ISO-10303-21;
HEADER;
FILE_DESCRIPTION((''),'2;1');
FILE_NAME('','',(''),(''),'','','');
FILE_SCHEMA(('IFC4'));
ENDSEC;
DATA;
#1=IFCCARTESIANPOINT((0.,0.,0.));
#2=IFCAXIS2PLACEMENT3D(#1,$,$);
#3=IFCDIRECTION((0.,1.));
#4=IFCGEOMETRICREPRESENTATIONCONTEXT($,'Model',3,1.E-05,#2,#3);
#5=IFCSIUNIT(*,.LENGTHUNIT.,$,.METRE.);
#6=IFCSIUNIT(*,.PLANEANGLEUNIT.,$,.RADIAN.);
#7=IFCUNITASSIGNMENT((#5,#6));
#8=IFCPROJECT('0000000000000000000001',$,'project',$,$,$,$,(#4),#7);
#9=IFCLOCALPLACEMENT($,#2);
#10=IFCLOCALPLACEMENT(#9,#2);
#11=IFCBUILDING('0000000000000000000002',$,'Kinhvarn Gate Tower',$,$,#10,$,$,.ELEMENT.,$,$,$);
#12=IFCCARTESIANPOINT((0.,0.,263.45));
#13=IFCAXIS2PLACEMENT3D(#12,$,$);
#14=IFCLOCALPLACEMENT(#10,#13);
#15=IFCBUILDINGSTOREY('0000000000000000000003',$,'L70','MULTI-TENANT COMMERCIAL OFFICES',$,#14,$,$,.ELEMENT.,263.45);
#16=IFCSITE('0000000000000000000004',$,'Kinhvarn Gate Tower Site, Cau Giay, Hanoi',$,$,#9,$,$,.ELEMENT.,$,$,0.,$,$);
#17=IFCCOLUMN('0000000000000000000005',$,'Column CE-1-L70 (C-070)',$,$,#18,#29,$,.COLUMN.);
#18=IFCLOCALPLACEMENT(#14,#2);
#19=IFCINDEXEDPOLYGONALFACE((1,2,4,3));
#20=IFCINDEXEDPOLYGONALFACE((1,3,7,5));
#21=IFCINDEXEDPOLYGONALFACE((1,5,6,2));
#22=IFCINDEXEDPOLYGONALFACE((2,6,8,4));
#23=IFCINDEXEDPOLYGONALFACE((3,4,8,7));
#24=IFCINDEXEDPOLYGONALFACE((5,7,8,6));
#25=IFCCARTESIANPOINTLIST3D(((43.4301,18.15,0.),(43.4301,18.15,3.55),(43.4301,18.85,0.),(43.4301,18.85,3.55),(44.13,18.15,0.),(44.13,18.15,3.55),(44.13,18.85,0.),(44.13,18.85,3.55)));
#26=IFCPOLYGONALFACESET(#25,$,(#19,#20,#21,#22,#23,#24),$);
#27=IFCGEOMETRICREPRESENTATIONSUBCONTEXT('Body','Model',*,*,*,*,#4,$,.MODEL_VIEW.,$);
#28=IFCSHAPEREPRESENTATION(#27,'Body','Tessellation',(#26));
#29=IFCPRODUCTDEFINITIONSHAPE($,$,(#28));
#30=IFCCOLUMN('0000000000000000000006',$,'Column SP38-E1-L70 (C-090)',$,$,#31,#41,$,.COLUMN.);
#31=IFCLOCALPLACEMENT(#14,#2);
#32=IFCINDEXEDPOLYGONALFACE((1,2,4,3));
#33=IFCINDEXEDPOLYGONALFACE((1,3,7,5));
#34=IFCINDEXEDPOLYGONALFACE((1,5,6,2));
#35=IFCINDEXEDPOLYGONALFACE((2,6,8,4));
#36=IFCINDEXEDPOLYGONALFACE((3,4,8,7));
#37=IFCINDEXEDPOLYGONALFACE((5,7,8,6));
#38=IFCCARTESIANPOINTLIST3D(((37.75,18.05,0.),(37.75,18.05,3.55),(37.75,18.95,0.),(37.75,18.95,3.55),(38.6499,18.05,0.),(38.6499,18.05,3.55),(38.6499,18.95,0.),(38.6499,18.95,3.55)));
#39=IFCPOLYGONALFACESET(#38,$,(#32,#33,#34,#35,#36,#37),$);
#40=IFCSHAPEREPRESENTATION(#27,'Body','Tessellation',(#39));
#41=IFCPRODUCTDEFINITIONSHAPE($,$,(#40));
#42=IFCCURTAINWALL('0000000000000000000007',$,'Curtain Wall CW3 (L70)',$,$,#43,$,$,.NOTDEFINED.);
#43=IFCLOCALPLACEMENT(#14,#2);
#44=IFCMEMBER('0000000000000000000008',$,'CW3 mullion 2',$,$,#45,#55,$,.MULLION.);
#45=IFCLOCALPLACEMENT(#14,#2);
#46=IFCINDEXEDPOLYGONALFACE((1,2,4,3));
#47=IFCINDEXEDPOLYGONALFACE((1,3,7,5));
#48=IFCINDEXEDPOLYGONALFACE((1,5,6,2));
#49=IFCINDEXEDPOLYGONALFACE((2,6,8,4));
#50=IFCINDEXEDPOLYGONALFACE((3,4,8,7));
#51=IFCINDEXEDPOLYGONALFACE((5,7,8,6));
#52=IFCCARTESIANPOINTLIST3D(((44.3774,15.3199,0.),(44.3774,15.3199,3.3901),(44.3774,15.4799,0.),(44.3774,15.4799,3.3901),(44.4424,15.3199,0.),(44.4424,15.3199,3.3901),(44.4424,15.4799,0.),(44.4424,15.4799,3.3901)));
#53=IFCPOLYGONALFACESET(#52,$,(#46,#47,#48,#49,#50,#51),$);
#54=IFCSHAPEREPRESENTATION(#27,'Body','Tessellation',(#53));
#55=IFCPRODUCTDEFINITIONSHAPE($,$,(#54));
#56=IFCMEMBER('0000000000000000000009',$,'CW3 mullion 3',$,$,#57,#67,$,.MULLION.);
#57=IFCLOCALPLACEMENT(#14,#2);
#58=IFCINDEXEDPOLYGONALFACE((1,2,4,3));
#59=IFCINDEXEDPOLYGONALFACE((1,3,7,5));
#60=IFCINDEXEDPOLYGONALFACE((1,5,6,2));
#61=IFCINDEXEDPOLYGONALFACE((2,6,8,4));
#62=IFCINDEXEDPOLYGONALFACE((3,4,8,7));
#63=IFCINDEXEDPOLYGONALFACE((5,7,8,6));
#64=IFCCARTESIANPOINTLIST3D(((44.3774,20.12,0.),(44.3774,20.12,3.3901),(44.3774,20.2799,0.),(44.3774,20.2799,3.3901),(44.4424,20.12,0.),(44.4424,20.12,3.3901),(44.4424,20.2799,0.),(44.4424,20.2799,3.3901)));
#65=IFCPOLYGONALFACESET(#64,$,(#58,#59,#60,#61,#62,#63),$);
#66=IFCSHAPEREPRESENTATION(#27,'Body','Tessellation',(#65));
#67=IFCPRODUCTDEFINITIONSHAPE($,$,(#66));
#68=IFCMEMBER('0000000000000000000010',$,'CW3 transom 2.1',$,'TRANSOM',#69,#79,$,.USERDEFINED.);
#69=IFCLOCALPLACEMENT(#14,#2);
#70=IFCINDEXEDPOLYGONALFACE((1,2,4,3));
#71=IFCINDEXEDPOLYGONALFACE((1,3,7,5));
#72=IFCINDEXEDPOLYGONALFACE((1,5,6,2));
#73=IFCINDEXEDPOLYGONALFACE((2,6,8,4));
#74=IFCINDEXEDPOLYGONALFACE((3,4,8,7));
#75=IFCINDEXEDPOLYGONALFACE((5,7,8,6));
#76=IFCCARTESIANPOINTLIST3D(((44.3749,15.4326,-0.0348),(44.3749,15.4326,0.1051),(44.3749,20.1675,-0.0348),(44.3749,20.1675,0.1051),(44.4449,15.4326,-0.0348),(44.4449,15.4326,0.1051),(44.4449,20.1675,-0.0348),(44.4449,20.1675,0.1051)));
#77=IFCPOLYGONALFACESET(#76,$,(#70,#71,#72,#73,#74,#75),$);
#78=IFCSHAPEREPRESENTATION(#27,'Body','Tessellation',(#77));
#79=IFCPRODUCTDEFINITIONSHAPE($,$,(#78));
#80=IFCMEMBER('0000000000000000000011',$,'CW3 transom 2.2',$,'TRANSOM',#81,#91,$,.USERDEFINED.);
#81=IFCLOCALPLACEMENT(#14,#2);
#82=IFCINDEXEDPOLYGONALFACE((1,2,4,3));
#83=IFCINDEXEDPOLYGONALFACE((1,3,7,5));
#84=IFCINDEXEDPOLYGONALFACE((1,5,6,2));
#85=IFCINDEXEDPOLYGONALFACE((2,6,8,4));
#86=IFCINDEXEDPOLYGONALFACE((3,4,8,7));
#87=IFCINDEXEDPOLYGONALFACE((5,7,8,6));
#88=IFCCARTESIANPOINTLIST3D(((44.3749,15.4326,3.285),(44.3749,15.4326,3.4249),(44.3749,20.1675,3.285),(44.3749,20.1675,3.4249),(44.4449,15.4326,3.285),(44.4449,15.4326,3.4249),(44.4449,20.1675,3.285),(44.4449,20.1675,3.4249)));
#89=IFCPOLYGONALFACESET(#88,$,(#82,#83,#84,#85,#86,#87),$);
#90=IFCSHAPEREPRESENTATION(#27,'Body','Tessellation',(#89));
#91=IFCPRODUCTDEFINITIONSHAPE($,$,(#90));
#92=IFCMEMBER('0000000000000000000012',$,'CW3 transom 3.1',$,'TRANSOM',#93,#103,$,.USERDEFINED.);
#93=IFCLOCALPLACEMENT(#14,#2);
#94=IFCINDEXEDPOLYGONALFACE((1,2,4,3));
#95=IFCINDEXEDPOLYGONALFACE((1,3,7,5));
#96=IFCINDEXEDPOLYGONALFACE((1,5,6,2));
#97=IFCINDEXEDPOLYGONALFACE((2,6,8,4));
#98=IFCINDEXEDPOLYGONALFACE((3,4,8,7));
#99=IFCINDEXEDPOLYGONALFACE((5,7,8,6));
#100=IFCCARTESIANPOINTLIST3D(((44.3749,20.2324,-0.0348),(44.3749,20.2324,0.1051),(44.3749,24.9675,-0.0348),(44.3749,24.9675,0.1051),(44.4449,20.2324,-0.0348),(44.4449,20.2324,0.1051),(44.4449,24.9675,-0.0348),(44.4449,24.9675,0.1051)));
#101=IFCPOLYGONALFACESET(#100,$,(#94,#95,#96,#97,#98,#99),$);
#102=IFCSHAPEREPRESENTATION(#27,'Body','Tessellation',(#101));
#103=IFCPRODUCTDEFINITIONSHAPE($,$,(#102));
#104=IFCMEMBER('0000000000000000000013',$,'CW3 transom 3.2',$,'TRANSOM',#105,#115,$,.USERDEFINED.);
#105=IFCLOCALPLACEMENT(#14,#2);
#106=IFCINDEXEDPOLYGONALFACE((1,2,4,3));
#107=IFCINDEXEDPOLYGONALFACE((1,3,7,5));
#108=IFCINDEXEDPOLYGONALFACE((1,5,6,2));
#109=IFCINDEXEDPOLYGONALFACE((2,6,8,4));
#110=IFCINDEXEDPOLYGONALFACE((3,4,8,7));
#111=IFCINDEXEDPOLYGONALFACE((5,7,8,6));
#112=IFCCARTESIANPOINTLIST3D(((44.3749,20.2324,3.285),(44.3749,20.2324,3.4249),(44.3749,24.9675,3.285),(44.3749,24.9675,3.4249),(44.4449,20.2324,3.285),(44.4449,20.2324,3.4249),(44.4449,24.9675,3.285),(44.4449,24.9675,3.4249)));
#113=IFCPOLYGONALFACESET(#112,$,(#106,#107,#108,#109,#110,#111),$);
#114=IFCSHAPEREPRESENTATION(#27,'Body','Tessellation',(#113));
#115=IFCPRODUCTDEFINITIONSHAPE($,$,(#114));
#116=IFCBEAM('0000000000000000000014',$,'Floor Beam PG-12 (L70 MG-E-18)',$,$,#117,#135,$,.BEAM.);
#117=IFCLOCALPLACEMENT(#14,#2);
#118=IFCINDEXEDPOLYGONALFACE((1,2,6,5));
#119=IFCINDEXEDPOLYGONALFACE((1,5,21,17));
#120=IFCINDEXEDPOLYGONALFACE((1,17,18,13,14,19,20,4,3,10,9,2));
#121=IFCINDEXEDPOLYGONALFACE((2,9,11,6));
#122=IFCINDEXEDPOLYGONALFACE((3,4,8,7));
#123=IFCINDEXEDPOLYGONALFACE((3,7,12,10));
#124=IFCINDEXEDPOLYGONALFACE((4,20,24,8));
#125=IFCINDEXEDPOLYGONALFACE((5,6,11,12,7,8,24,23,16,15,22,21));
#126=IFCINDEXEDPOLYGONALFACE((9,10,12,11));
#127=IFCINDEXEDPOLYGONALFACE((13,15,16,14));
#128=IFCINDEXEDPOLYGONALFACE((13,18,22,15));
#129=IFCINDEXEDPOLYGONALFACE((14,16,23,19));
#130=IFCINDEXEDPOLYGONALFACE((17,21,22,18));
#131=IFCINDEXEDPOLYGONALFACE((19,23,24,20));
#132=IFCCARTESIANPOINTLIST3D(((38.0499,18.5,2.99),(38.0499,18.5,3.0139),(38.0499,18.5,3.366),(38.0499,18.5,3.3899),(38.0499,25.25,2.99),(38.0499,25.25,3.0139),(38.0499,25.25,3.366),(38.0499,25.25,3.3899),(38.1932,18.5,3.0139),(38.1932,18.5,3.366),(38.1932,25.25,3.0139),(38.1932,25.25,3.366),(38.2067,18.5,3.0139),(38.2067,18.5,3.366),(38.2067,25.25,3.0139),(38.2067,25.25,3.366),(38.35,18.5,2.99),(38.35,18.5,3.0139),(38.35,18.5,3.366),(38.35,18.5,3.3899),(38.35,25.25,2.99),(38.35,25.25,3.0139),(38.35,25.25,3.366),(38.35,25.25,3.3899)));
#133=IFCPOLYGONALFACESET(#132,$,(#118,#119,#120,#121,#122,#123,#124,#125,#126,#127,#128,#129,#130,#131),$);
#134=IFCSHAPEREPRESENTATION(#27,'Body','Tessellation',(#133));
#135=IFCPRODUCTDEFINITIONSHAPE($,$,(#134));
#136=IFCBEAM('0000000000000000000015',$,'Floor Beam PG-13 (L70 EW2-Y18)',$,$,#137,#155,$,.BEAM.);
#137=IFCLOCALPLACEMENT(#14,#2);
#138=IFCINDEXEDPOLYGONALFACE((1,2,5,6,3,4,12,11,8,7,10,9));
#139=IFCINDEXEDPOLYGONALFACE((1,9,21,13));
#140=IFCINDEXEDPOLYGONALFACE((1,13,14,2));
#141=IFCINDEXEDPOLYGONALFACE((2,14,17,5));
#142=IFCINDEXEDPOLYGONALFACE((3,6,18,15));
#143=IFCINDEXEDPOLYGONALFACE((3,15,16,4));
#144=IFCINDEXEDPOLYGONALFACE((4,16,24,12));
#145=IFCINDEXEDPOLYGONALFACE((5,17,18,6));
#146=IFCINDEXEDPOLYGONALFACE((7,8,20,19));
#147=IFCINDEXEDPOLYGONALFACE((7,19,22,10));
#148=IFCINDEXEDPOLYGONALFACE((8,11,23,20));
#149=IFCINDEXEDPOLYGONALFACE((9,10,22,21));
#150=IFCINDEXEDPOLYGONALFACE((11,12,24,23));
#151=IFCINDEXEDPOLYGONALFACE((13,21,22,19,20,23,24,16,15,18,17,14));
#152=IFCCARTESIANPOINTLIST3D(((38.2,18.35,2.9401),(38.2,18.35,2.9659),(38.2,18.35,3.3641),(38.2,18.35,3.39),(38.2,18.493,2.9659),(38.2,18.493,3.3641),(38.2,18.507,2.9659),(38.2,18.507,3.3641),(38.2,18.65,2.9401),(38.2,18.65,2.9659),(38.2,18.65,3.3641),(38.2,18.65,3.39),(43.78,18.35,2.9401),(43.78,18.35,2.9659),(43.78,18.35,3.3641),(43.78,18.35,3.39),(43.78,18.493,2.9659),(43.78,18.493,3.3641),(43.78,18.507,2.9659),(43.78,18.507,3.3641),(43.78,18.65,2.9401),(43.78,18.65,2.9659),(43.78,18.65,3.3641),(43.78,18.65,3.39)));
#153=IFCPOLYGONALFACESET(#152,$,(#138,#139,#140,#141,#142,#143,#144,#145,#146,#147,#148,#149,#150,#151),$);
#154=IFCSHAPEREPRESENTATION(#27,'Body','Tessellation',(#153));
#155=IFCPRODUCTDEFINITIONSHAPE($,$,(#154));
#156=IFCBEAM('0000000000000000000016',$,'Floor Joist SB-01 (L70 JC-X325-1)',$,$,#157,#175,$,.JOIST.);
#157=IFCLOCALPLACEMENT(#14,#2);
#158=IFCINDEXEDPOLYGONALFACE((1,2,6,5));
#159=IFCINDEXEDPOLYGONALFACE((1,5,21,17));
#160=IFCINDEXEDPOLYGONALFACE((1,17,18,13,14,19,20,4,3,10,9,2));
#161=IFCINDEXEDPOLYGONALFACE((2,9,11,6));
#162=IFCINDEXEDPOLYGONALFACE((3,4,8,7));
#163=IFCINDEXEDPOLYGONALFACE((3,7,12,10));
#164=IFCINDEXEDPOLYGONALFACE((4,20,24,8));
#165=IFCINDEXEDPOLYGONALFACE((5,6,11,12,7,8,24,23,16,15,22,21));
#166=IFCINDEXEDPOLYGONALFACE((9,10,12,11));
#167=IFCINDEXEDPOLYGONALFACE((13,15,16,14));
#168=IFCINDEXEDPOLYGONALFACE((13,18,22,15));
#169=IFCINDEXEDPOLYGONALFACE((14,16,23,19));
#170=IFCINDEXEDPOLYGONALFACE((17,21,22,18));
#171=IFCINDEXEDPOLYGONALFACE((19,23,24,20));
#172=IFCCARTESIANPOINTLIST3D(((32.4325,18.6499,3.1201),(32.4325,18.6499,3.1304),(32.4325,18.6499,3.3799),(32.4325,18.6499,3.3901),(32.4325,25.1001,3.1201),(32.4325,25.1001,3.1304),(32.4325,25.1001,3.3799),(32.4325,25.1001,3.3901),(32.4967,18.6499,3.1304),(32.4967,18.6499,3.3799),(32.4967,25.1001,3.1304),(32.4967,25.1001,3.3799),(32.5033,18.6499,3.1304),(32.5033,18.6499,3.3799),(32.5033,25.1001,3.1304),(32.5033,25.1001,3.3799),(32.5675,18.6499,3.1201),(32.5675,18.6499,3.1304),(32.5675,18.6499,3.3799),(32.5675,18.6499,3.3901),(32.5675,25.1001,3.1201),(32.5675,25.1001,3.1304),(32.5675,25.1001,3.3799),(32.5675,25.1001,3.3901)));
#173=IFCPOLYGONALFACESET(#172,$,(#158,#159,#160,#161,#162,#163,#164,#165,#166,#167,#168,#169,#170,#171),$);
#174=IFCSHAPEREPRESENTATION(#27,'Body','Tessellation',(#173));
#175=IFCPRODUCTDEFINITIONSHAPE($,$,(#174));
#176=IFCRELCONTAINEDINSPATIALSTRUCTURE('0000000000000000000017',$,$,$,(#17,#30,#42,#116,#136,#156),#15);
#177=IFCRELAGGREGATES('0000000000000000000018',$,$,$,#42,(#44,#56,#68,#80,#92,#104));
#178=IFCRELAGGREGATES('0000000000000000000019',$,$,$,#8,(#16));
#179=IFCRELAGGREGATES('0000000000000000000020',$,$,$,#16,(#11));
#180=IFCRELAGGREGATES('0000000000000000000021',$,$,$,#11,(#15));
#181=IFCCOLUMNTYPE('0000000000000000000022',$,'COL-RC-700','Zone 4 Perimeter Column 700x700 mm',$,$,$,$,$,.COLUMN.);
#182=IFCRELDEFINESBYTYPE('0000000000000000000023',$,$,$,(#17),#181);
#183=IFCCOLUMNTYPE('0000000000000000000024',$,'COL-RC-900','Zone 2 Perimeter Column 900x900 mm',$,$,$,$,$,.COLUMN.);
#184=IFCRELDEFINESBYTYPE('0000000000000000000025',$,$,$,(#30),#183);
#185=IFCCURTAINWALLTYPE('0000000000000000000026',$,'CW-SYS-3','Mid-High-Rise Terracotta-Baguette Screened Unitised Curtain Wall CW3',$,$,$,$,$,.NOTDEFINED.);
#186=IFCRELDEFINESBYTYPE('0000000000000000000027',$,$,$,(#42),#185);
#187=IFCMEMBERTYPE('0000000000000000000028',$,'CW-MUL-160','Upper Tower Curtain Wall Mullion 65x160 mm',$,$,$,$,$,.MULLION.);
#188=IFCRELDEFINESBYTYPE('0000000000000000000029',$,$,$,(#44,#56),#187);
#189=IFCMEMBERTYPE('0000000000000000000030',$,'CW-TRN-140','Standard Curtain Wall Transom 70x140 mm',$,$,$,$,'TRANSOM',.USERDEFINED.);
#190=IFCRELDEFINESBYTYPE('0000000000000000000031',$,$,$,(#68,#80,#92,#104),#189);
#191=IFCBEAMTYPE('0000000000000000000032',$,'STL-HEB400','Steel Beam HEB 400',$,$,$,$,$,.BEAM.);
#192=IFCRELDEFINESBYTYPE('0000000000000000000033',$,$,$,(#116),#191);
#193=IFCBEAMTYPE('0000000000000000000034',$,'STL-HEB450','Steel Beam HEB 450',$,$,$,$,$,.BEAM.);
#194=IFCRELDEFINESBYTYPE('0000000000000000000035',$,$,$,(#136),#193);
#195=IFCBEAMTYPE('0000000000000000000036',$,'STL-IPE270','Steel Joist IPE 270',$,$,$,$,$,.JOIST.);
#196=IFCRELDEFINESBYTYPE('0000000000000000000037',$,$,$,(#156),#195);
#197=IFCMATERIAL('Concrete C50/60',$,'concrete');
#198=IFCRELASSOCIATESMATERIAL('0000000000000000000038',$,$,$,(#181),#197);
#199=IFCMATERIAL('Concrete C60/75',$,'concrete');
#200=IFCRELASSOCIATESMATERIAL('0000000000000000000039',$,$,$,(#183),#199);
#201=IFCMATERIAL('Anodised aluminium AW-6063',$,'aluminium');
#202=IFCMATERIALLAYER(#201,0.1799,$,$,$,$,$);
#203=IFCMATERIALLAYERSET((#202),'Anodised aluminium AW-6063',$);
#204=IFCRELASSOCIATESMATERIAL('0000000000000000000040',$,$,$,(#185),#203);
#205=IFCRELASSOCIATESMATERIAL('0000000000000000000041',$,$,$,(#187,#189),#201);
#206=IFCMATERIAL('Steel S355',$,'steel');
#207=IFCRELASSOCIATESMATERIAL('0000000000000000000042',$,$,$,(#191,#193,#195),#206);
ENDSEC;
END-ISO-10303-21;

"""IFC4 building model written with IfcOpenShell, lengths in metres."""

from ifc_helpers import new_model, si_unit, direction, frame, origin, origin_2d, place, context, subcontext, project, spatial, rectangle, i_section, extrude, material, layer, layer_set, material_profile, profile_set, type_object, element, aggregate, save


model = new_model("IFC4")

# Units and contexts
model_context = context("Model", 3, precision=1e-05, world=origin(), true_north=direction((0.0, 1.0)))
body_context = subcontext(model_context, "Body", "Model", "MODEL_VIEW")
ifc_project = project(units=[si_unit("LENGTHUNIT", "METRE"), si_unit("PLANEANGLEUNIT", "RADIAN")], contexts=[model_context])

# Site, building, storey
site_placement = place(None, origin())
site = spatial("IfcSite", under=ifc_project, at=site_placement, Name="Kinhvarn Gate Tower Site, Cau Giay, Hanoi", CompositionType="ELEMENT", RefElevation=0.0)
building_placement = place(site_placement, origin())
building = spatial("IfcBuilding", under=site, at=building_placement, Name="Kinhvarn Gate Tower", CompositionType="ELEMENT")
storey_placement = place(building_placement, frame((0.0, 0.0, 263.45)))
storey = spatial("IfcBuildingStorey", under=building, at=storey_placement, Name="L70", Description="MULTI-TENANT COMMERCIAL OFFICES", CompositionType="ELEMENT", Elevation=263.45)

# Columns
ifc_material_1 = material(Name="Concrete C50/60", Category="concrete")
ifc_material_profile_1 = material_profile(ifc_material_1, rectangle(XDim=0.7, YDim=0.7, at=origin_2d()), Name="RC 700x700")
ifc_profile_set_1 = profile_set([ifc_material_profile_1], Name="Concrete C50/60")
column_type_1 = type_object("IfcColumnType", Name="COL-RC-700", Description="Zone 4 Perimeter Column 700x700 mm", PredefinedType="COLUMN", material=ifc_profile_set_1)
column_1_placement = place(storey_placement, frame((43.78, 18.5, 0.0), z_axis=(0.0, 0.0, 1.0), x_axis=(1.0, 0.0, 0.0)))
element("IfcColumn", 1, at=column_1_placement, inside=storey, type_object=column_type_1, Name="Column CE-1-L70 (C-070)", PredefinedType="COLUMN", context=body_context, shape_type="SweptSolid", body=[
    extrude(rectangle(XDim=0.7, YDim=0.7, at=origin_2d()), origin(), (0.0, 0.0, 1.0), 3.55),
])
ifc_material_2 = material(Name="Concrete C60/75", Category="concrete")
ifc_material_profile_2 = material_profile(ifc_material_2, rectangle(XDim=0.8999, YDim=0.8999, at=origin_2d()), Name="RC 900x900")
ifc_profile_set_2 = profile_set([ifc_material_profile_2], Name="Concrete C60/75")
column_type_2 = type_object("IfcColumnType", Name="COL-RC-900", Description="Zone 2 Perimeter Column 900x900 mm", PredefinedType="COLUMN", material=ifc_profile_set_2)
column_2_placement = place(storey_placement, frame((38.2, 18.5, 0.0), z_axis=(0.0, 0.0, 1.0), x_axis=(1.0, 0.0, 0.0)))
element("IfcColumn", 2, at=column_2_placement, inside=storey, type_object=column_type_2, Name="Column SP38-E1-L70 (C-090)", PredefinedType="COLUMN", context=body_context, shape_type="SweptSolid", body=[
    extrude(rectangle(XDim=0.8999, YDim=0.8999, at=origin_2d()), origin(), (0.0, 0.0, 1.0), 3.55),
])

# Curtain wall, members
ifc_material_3 = material(Name="Anodised aluminium AW-6063", Category="aluminium")
ifc_layer_1 = layer(ifc_material_3, 0.1799)
ifc_layer_set_1 = layer_set([ifc_layer_1], Name="Anodised aluminium AW-6063")
curtain_wall_type = type_object("IfcCurtainWallType", Name="CW-SYS-3", Description="Mid-High-Rise Terracotta-Baguette Screened Unitised Curtain Wall CW3", PredefinedType="NOTDEFINED", material=ifc_layer_set_1)
curtain_wall_placement = place(storey_placement, origin())
curtain_wall = element("IfcCurtainWall", 3, at=curtain_wall_placement, inside=storey, type_object=curtain_wall_type, Name="Curtain Wall CW3 (L70)", PredefinedType="NOTDEFINED")
ifc_material_profile_3 = material_profile(ifc_material_3, rectangle(XDim=0.0649, YDim=0.1599, at=origin_2d()), Name="ALU 65x160")
ifc_profile_set_3 = profile_set([ifc_material_profile_3], Name="Anodised aluminium AW-6063")
member_type_1 = type_object("IfcMemberType", Name="CW-MUL-160", Description="Upper Tower Curtain Wall Mullion 65x160 mm", PredefinedType="MULLION", material=ifc_profile_set_3)
member_1_placement = place(storey_placement, frame((44.4099, 15.3999, 0.0), z_axis=(0.0, 0.0, 1.0), x_axis=(-1.0, 0.0, 0.0)))
member_1 = element("IfcMember", 4, at=member_1_placement, type_object=member_type_1, Name="CW3 mullion 2", PredefinedType="MULLION", context=body_context, shape_type="SweptSolid", body=[
    extrude(rectangle(XDim=0.0649, YDim=0.1599, at=origin_2d()), origin(), (0.0, 0.0, 1.0), 3.3901),
])
member_2_placement = place(storey_placement, frame((44.4099, 20.2, 0.0), z_axis=(0.0, 0.0, 1.0), x_axis=(-1.0, 0.0, 0.0)))
member_2 = element("IfcMember", 5, at=member_2_placement, type_object=member_type_1, Name="CW3 mullion 3", PredefinedType="MULLION", context=body_context, shape_type="SweptSolid", body=[
    extrude(rectangle(XDim=0.0649, YDim=0.1599, at=origin_2d()), origin(), (0.0, 0.0, 1.0), 3.3901),
])
ifc_material_profile_4 = material_profile(ifc_material_3, rectangle(XDim=0.0701, YDim=0.1399, at=origin_2d()), Name="ALU 70x140")
ifc_profile_set_4 = profile_set([ifc_material_profile_4], Name="Anodised aluminium AW-6063")
member_type_2 = type_object("IfcMemberType", Name="CW-TRN-140", Description="Standard Curtain Wall Transom 70x140 mm", ElementType="TRANSOM", PredefinedType="USERDEFINED", material=ifc_profile_set_4)
member_3_placement = place(storey_placement, frame((44.4099, 15.4326, 0.0352), z_axis=(0.0, 1.0, 0.0), x_axis=(-1.0, 0.0, 0.0)))
member_3 = element("IfcMember", 6, at=member_3_placement, type_object=member_type_2, Name="CW3 transom 2.1", ObjectType="TRANSOM", PredefinedType="USERDEFINED", context=body_context, shape_type="SweptSolid", body=[
    extrude(rectangle(XDim=0.0701, YDim=0.1399, at=origin_2d()), origin(), (0.0, 0.0, 1.0), 4.7349),
])
member_4_placement = place(storey_placement, frame((44.4099, 15.4326, 3.355), z_axis=(0.0, 1.0, 0.0), x_axis=(-1.0, 0.0, 0.0)))
member_4 = element("IfcMember", 7, at=member_4_placement, type_object=member_type_2, Name="CW3 transom 2.2", ObjectType="TRANSOM", PredefinedType="USERDEFINED", context=body_context, shape_type="SweptSolid", body=[
    extrude(rectangle(XDim=0.0701, YDim=0.1399, at=origin_2d()), origin(), (0.0, 0.0, 1.0), 4.7349),
])
member_5_placement = place(storey_placement, frame((44.4099, 20.2324, 0.0352), z_axis=(0.0, 1.0, 0.0), x_axis=(-1.0, 0.0, 0.0)))
member_5 = element("IfcMember", 8, at=member_5_placement, type_object=member_type_2, Name="CW3 transom 3.1", ObjectType="TRANSOM", PredefinedType="USERDEFINED", context=body_context, shape_type="SweptSolid", body=[
    extrude(rectangle(XDim=0.0701, YDim=0.1399, at=origin_2d()), origin(), (0.0, 0.0, 1.0), 4.7351),
])
member_6_placement = place(storey_placement, frame((44.4099, 20.2324, 3.355), z_axis=(0.0, 1.0, 0.0), x_axis=(-1.0, 0.0, 0.0)))
member_6 = element("IfcMember", 9, at=member_6_placement, type_object=member_type_2, Name="CW3 transom 3.2", ObjectType="TRANSOM", PredefinedType="USERDEFINED", context=body_context, shape_type="SweptSolid", body=[
    extrude(rectangle(XDim=0.0701, YDim=0.1399, at=origin_2d()), origin(), (0.0, 0.0, 1.0), 4.7351),
])

# Beams
ifc_material_4 = material(Name="Steel S355", Category="steel")
ifc_material_profile_5 = material_profile(ifc_material_4, i_section(OverallWidth=0.3, OverallDepth=0.3999, WebThickness=0.0134, FlangeThickness=0.0239, at=origin_2d()), Name="HEB 400")
ifc_profile_set_5 = profile_set([ifc_material_profile_5], Name="Steel S355")
beam_type_1 = type_object("IfcBeamType", Name="STL-HEB400", Description="Steel Beam HEB 400", PredefinedType="BEAM", material=ifc_profile_set_5)
beam_1_placement = place(storey_placement, frame((38.2, 18.5, 3.1899), z_axis=(0.0, 1.0, 0.0), x_axis=(-1.0, 0.0, 0.0)))
element("IfcBeam", 10, at=beam_1_placement, inside=storey, type_object=beam_type_1, Name="Floor Beam PG-12 (L70 MG-E-18)", PredefinedType="BEAM", context=body_context, shape_type="SweptSolid", body=[
    extrude(i_section(OverallWidth=0.3, OverallDepth=0.3999, WebThickness=0.0134, FlangeThickness=0.0239, at=origin_2d()), origin(), (0.0, 0.0, 1.0), 6.75),
])
ifc_material_profile_6 = material_profile(ifc_material_4, i_section(OverallWidth=0.3, OverallDepth=0.45, WebThickness=0.0139, FlangeThickness=0.0259, at=origin_2d()), Name="HEB 450")
ifc_profile_set_6 = profile_set([ifc_material_profile_6], Name="Steel S355")
beam_type_2 = type_object("IfcBeamType", Name="STL-HEB450", Description="Steel Beam HEB 450", PredefinedType="BEAM", material=ifc_profile_set_6)
beam_2_placement = place(storey_placement, frame((38.2, 18.5, 3.165), z_axis=(1.0, 0.0, 0.0), x_axis=(0.0, 1.0, 0.0)))
element("IfcBeam", 11, at=beam_2_placement, inside=storey, type_object=beam_type_2, Name="Floor Beam PG-13 (L70 EW2-Y18)", PredefinedType="BEAM", context=body_context, shape_type="SweptSolid", body=[
    extrude(i_section(OverallWidth=0.3, OverallDepth=0.45, WebThickness=0.0139, FlangeThickness=0.0259, at=origin_2d()), origin(), (0.0, 0.0, 1.0), 5.5801),
])
ifc_material_profile_7 = material_profile(ifc_material_4, i_section(OverallWidth=0.135, OverallDepth=0.27, WebThickness=0.0066, FlangeThickness=0.0103, at=origin_2d()), Name="IPE 270")
ifc_profile_set_7 = profile_set([ifc_material_profile_7], Name="Steel S355")
beam_type_3 = type_object("IfcBeamType", Name="STL-IPE270", Description="Steel Joist IPE 270", PredefinedType="JOIST", material=ifc_profile_set_7)
beam_3_placement = place(storey_placement, frame((32.5, 18.6499, 3.2551), z_axis=(0.0, 1.0, 0.0), x_axis=(-1.0, 0.0, 0.0)))
element("IfcBeam", 12, at=beam_3_placement, inside=storey, type_object=beam_type_3, Name="Floor Joist SB-01 (L70 JC-X325-1)", PredefinedType="JOIST", context=body_context, shape_type="SweptSolid", body=[
    extrude(i_section(OverallWidth=0.135, OverallDepth=0.27, WebThickness=0.0066, FlangeThickness=0.0103, at=origin_2d()), origin(), (0.0, 0.0, 1.0), 6.4502),
])

aggregate(curtain_wall, [member_1, member_2, member_3, member_4, member_5, member_6])

save(model, "model.ifc")
